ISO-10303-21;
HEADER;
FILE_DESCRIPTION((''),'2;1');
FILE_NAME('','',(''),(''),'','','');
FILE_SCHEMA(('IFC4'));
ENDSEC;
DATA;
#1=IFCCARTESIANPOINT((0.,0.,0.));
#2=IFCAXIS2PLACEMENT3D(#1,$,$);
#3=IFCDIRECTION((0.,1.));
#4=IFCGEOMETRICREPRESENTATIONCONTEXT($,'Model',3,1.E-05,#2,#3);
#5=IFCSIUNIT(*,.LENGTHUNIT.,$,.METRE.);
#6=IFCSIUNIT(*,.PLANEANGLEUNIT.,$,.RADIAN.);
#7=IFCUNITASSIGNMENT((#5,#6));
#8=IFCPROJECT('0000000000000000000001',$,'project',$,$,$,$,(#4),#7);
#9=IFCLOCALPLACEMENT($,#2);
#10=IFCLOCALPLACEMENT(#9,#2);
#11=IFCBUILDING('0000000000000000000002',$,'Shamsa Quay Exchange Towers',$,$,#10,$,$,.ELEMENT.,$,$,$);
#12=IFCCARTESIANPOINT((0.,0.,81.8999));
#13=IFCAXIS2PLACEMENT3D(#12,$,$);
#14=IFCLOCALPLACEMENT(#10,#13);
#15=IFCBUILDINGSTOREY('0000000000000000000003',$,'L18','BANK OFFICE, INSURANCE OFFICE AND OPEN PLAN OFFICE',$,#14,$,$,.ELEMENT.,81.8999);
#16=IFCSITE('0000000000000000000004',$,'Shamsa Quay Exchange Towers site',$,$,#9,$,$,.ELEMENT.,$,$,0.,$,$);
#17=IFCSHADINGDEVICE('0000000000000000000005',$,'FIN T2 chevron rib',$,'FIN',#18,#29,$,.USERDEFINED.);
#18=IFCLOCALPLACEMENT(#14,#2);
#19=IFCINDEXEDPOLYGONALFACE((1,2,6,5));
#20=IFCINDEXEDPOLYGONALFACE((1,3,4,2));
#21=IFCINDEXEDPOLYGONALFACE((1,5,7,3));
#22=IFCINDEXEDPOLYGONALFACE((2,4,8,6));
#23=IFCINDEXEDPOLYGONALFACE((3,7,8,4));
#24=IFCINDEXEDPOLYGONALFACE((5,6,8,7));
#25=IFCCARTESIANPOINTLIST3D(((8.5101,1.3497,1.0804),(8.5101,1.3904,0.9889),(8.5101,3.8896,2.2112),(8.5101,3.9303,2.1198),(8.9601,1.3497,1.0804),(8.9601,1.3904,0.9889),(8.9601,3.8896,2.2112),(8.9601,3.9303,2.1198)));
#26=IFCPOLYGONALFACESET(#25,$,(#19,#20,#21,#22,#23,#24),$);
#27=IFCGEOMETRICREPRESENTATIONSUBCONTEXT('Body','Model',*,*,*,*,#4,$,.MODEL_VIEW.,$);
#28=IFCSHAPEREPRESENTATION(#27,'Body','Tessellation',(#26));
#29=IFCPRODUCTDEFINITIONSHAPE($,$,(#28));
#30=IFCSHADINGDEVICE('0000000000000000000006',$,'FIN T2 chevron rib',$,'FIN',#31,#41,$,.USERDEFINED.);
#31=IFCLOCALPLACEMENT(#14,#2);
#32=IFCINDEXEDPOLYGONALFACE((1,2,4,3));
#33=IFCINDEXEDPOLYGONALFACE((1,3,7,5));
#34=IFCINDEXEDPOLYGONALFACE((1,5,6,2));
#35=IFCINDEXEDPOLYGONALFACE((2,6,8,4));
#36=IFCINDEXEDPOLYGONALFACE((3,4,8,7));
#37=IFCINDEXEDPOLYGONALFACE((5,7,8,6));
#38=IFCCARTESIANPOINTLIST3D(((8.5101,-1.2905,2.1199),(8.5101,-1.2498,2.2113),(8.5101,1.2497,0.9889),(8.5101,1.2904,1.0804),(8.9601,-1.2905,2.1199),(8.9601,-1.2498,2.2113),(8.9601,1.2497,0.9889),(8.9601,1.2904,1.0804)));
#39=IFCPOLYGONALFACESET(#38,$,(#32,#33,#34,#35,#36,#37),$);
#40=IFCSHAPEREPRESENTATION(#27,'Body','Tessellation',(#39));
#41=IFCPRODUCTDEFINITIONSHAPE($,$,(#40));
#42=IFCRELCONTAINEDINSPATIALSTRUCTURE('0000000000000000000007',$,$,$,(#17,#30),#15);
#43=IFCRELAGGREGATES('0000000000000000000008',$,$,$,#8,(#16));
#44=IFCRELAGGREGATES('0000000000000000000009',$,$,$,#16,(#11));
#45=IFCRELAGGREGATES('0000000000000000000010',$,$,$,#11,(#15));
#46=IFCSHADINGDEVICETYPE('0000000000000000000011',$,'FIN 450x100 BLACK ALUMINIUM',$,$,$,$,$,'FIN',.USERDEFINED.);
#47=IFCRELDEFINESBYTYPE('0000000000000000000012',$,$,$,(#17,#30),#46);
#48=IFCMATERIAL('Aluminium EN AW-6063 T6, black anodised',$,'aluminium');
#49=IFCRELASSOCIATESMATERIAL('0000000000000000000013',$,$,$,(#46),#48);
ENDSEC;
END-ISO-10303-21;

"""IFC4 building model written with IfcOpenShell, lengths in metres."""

from ifc_helpers import new_model, si_unit, direction, frame, origin, origin_2d, place, context, subcontext, project, spatial, rectangle, extrude, material, material_profile, profile_set, type_object, element, save


model = new_model("IFC4")

# Units and contexts
model_context = context("Model", 3, precision=1e-05, world=origin(), true_north=direction((0.0, 1.0)))
body_context = subcontext(model_context, "Body", "Model", "MODEL_VIEW")
ifc_project = project(units=[si_unit("LENGTHUNIT", "METRE"), si_unit("PLANEANGLEUNIT", "RADIAN")], contexts=[model_context])

# Site, building, storey
site_placement = place(None, origin())
site = spatial("IfcSite", under=ifc_project, at=site_placement, Name="Shamsa Quay Exchange Towers site", CompositionType="ELEMENT", RefElevation=0.0)
building_placement = place(site_placement, origin())
building = spatial("IfcBuilding", under=site, at=building_placement, Name="Shamsa Quay Exchange Towers", CompositionType="ELEMENT")
storey_placement = place(building_placement, frame((0.0, 0.0, 81.8999)))
storey = spatial("IfcBuildingStorey", under=building, at=storey_placement, Name="L18", Description="BANK OFFICE, INSURANCE OFFICE AND OPEN PLAN OFFICE", CompositionType="ELEMENT", Elevation=81.8999)

# Shared definitions
ifc_material_1 = material(Name="Aluminium EN AW-6063 T6, black anodised", Category="aluminium")

# Shading devices
ifc_material_profile_1 = material_profile(ifc_material_1, rectangle(XDim=0.45, YDim=0.1001, at=origin_2d()), Name="FIN450x100")
ifc_profile_set_1 = profile_set([ifc_material_profile_1], Name="Aluminium EN AW-6063 T6, black anodised")
shading_device_type = type_object("IfcShadingDeviceType", Name="FIN 450x100 BLACK ALUMINIUM", ElementType="FIN", PredefinedType="USERDEFINED", material=ifc_profile_set_1)
shading_device_1_placement = place(storey_placement, frame((8.7351, 3.9099, 2.1655), z_axis=(0.0, -0.913536, -0.406758), x_axis=(1.0, 0.0, 0.0)))
element("IfcShadingDevice", 1, at=shading_device_1_placement, inside=storey, type_object=shading_device_type, Name="FIN T2 chevron rib", ObjectType="FIN", PredefinedType="USERDEFINED", context=body_context, shape_type="SweptSolid", body=[
    extrude(rectangle(XDim=0.45, YDim=0.1001, at=origin_2d()), origin(), (0.0, 0.0, 1.0), 2.7803),
])
shading_device_2_placement = place(storey_placement, frame((8.7351, 1.27, 1.0347), z_axis=(0.0, -0.913551, 0.406725), x_axis=(1.0, 0.0, 0.0)))
element("IfcShadingDevice", 2, at=shading_device_2_placement, inside=storey, type_object=shading_device_type, Name="FIN T2 chevron rib", ObjectType="FIN", PredefinedType="USERDEFINED", context=body_context, shape_type="SweptSolid", body=[
    extrude(rectangle(XDim=0.45, YDim=0.1001, at=origin_2d()), origin(), (0.0, 0.0, 1.0), 2.7805),
])

save(model, "model.ifc")
